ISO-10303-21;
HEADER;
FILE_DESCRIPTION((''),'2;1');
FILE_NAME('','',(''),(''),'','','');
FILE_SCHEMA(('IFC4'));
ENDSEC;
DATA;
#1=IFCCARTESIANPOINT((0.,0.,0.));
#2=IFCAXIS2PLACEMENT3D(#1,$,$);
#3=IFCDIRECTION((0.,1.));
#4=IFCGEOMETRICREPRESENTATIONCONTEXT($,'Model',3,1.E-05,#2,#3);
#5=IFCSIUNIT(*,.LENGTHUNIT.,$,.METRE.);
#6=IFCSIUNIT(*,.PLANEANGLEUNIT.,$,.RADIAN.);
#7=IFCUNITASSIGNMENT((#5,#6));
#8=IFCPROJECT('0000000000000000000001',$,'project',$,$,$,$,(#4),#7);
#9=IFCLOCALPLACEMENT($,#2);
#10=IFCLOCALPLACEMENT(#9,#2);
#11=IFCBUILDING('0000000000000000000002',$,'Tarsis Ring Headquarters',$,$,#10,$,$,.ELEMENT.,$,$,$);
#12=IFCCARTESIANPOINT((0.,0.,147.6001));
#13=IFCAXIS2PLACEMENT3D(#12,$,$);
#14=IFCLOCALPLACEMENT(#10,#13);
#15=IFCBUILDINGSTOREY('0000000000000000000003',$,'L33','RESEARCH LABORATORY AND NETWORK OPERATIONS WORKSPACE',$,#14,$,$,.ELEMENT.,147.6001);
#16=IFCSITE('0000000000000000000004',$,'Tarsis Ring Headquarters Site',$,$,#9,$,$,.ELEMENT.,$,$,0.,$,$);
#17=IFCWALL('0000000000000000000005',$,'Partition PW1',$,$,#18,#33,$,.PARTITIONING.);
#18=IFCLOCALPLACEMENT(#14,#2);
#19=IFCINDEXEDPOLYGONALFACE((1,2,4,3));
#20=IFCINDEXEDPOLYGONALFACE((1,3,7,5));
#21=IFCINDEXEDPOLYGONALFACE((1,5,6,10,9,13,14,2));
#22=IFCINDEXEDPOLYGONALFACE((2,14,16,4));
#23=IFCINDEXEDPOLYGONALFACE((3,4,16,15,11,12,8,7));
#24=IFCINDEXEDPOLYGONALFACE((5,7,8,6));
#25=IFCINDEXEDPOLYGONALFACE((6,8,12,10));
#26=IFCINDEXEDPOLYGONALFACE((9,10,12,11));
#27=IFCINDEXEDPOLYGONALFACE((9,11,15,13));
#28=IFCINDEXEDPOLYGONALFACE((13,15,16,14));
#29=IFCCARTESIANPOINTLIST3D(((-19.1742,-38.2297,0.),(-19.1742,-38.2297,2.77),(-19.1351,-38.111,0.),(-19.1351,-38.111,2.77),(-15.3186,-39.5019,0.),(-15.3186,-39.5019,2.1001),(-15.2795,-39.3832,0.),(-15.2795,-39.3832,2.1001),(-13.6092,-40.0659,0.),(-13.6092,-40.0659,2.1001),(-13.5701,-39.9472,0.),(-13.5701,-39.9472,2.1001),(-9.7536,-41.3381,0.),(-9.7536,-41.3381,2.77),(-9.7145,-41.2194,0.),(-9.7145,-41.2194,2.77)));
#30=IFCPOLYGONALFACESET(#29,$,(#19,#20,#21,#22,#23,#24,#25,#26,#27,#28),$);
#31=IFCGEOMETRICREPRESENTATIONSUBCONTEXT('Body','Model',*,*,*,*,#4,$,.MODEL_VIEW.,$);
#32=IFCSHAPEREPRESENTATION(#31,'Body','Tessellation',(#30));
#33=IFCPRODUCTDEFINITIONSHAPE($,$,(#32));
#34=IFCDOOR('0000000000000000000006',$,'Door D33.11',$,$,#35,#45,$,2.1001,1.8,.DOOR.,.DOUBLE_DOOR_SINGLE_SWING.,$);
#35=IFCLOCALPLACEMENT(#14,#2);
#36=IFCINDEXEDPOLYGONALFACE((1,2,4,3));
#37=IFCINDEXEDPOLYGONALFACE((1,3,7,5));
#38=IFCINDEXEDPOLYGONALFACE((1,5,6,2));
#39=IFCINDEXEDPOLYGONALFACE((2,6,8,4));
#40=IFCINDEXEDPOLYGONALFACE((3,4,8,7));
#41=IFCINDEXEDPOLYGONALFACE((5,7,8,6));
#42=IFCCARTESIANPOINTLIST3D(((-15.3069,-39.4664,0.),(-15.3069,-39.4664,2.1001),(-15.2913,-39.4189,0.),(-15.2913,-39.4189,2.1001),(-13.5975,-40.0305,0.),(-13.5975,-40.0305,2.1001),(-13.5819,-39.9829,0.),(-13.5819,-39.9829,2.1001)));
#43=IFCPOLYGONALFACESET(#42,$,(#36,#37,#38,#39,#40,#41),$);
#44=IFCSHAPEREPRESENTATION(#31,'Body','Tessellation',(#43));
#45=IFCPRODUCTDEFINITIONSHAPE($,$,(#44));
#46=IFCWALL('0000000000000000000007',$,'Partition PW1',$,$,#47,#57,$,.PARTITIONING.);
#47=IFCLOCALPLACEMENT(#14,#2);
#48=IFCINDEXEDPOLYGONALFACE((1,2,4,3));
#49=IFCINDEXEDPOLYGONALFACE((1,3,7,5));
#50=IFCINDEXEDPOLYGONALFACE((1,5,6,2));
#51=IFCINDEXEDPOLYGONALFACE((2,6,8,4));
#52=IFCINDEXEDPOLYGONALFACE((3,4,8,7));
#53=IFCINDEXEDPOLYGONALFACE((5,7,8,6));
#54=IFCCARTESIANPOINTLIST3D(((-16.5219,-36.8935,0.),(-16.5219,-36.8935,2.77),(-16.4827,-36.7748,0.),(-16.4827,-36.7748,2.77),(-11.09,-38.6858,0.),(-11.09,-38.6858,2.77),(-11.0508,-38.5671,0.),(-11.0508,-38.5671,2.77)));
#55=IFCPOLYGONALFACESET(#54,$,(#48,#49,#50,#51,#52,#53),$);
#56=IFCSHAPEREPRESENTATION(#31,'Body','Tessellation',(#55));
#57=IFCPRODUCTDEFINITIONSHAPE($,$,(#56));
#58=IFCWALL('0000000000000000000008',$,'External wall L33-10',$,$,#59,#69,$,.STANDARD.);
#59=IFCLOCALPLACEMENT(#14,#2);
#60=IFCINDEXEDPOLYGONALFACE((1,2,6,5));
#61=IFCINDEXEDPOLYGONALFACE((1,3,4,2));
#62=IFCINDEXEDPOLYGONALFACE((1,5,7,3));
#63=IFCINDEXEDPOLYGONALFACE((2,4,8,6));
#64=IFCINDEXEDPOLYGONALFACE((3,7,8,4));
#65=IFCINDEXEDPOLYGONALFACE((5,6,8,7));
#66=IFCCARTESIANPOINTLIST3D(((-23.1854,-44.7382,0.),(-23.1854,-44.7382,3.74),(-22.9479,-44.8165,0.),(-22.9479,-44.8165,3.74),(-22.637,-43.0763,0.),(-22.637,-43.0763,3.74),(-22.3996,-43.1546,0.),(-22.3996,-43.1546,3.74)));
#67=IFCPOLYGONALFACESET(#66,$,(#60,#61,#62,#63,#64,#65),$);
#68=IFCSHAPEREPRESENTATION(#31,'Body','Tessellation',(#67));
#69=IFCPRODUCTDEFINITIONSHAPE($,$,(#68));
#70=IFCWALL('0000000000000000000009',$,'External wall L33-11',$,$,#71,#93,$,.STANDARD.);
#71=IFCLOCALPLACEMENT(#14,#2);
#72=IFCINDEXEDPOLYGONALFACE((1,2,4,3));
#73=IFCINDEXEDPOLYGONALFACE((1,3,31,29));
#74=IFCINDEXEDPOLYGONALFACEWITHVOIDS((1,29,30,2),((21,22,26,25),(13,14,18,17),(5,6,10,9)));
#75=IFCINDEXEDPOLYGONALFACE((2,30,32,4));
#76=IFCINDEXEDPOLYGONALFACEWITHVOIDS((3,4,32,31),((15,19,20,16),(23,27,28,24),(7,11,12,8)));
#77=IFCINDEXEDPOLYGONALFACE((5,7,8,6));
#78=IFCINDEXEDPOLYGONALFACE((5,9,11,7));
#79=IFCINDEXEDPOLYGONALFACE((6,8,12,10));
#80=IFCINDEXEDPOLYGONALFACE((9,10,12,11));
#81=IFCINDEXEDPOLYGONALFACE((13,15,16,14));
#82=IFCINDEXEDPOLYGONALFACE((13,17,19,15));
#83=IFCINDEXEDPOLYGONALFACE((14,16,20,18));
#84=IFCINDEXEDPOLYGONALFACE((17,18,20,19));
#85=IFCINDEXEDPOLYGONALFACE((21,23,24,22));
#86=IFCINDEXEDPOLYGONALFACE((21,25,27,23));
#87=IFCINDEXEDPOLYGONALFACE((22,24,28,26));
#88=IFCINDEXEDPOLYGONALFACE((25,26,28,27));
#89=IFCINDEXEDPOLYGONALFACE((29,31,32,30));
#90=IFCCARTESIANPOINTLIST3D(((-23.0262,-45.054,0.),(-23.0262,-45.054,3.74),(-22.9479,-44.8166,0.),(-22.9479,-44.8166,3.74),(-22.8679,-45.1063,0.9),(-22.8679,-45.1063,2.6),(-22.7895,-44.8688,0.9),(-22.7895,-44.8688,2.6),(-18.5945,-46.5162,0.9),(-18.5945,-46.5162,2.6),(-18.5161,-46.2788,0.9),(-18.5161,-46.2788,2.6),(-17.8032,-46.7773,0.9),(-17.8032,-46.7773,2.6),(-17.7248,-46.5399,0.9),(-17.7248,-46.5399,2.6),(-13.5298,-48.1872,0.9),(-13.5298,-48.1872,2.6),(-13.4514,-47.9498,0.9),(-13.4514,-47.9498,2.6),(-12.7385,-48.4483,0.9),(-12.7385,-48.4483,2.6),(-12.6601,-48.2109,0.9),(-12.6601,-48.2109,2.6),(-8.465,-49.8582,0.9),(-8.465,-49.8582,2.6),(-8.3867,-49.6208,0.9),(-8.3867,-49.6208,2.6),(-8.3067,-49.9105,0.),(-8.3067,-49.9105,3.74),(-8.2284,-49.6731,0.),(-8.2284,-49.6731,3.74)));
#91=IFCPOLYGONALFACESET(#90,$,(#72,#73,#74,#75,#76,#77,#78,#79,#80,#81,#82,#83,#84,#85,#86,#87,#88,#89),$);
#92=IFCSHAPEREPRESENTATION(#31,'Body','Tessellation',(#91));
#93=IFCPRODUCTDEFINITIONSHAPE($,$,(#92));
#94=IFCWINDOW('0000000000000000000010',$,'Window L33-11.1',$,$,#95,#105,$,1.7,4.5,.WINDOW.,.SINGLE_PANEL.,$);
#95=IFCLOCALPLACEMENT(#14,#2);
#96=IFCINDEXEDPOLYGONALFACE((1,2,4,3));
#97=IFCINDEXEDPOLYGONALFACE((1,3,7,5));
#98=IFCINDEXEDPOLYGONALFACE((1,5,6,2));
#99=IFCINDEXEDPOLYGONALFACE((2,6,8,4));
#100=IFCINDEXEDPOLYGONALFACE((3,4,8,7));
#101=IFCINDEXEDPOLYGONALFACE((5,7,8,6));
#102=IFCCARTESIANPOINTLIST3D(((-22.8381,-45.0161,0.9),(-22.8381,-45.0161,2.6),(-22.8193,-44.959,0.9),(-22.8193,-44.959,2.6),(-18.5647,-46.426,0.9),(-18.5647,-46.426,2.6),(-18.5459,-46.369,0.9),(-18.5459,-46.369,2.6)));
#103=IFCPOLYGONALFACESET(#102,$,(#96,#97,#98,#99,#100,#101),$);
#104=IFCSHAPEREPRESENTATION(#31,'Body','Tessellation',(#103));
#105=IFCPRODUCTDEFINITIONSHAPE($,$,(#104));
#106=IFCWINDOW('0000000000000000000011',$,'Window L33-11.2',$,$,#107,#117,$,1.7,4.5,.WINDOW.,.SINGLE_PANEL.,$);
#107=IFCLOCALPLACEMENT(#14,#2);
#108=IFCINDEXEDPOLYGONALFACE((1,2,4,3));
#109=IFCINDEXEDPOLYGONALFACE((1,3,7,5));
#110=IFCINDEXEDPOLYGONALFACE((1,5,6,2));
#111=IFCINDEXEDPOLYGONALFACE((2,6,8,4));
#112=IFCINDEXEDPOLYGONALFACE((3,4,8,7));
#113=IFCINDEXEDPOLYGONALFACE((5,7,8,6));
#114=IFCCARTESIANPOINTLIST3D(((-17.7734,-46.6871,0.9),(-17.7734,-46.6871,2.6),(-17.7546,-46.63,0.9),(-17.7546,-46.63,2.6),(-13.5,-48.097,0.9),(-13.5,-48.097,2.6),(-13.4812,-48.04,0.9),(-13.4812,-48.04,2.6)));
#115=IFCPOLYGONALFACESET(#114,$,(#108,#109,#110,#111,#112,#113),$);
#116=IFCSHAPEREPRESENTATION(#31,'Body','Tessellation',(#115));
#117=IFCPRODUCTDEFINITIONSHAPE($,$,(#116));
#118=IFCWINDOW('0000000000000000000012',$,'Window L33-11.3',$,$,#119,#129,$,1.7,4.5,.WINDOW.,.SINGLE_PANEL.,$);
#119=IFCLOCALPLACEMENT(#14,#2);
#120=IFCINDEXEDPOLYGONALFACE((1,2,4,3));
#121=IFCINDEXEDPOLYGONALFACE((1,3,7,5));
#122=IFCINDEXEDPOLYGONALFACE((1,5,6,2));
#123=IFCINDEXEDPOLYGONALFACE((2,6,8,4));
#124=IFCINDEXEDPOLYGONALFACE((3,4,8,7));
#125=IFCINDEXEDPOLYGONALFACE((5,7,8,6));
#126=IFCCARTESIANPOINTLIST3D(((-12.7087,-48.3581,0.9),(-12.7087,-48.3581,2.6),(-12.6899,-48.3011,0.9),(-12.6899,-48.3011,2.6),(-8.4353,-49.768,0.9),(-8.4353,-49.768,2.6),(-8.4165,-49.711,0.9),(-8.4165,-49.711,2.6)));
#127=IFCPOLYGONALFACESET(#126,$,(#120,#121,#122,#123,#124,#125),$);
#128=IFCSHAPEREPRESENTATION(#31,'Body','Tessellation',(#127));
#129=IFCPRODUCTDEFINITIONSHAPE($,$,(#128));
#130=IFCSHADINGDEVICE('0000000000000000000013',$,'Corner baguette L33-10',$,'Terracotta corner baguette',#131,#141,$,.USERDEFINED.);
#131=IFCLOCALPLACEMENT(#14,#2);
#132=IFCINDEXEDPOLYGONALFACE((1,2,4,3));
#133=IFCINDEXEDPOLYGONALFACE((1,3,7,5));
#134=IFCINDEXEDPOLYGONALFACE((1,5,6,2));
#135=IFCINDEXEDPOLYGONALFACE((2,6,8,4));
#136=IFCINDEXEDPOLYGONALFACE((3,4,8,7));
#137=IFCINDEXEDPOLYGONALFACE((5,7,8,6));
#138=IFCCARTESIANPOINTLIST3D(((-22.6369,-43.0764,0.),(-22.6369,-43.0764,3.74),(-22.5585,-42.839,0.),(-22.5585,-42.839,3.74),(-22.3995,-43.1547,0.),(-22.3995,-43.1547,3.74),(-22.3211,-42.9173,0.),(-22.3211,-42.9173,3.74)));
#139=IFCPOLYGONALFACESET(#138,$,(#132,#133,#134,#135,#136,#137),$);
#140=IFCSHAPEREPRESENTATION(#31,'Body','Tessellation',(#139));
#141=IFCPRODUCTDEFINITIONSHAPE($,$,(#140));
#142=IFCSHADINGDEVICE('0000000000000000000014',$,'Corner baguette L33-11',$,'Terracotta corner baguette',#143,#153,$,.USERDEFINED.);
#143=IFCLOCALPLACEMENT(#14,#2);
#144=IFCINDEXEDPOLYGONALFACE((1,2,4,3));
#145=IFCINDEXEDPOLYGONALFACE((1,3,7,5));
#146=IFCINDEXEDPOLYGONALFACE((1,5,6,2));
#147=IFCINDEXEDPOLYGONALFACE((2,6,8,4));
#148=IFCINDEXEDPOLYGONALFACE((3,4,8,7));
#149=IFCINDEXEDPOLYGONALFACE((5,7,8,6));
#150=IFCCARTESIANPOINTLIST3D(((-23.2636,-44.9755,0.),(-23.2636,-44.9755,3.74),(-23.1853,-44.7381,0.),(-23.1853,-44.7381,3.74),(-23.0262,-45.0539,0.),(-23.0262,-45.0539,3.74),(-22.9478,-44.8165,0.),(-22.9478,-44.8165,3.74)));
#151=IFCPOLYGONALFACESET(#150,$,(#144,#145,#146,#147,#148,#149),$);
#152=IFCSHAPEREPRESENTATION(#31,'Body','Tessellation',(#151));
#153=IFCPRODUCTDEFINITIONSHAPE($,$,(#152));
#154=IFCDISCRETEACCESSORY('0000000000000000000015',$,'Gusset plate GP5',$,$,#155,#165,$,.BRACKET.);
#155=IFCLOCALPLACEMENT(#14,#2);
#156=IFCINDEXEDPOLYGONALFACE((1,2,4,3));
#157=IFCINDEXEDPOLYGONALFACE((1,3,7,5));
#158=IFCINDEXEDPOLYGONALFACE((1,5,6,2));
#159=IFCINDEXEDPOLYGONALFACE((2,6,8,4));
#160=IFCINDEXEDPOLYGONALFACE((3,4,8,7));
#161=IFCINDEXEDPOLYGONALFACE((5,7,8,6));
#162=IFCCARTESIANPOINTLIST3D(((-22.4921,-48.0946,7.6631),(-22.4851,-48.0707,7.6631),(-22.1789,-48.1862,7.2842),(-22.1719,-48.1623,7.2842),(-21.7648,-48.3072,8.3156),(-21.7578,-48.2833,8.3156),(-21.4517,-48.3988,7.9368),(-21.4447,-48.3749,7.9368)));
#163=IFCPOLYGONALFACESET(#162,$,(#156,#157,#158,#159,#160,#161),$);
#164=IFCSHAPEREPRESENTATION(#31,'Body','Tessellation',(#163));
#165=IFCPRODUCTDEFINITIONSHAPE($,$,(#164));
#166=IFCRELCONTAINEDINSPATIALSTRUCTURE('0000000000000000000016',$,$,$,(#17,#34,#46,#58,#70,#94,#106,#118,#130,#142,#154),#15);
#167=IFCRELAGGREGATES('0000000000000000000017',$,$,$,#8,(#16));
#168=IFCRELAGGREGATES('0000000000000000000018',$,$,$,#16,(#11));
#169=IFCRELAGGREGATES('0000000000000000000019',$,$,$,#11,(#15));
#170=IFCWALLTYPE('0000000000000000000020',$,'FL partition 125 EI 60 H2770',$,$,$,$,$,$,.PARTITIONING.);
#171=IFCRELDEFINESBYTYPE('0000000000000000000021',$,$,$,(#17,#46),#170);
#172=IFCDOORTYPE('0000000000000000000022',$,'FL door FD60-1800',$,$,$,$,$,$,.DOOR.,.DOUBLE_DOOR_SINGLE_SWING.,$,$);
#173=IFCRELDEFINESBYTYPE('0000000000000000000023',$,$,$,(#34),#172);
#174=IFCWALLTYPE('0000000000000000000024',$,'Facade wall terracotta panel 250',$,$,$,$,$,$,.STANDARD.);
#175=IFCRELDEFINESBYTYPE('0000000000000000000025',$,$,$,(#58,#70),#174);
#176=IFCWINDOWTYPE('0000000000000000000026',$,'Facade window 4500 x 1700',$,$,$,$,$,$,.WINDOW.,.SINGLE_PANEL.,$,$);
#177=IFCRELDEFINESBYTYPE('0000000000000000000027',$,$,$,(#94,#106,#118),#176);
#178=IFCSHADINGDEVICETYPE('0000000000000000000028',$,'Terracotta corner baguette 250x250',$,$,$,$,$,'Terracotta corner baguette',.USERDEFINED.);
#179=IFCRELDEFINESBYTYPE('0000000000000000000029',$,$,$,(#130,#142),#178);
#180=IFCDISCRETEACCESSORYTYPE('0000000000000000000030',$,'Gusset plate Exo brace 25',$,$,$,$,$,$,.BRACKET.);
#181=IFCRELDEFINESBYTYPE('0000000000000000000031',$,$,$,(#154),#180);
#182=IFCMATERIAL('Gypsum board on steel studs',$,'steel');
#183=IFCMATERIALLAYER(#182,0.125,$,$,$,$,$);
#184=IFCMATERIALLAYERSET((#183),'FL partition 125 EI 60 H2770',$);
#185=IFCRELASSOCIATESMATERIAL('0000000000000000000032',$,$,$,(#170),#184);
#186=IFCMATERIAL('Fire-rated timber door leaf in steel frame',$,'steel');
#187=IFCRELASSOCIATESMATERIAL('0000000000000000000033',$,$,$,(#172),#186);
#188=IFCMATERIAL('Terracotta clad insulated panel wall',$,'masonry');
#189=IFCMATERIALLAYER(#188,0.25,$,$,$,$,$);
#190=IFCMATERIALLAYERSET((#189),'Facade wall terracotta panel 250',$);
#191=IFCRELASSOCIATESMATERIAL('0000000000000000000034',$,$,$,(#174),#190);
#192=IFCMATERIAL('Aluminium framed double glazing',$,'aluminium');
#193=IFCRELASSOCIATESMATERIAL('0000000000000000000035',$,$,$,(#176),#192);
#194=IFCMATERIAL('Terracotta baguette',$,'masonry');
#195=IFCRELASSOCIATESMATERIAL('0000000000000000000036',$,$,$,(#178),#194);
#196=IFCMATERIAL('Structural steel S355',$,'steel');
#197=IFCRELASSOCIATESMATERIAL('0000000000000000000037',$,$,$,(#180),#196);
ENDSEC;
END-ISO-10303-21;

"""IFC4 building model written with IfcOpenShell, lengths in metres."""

from ifc_helpers import new_model, si_unit, direction, frame, frame_2d, origin, origin_2d, place, context, subcontext, project, spatial, rectangle, extrude, material, layer, layer_set, material_profile, profile_set, type_object, element, fill, save


model = new_model("IFC4")

# Units and contexts
model_context = context("Model", 3, precision=1e-05, world=origin(), true_north=direction((0.0, 1.0)))
body_context = subcontext(model_context, "Body", "Model", "MODEL_VIEW")
ifc_project = project(units=[si_unit("LENGTHUNIT", "METRE"), si_unit("PLANEANGLEUNIT", "RADIAN")], contexts=[model_context])

# Site, building, storey
site_placement = place(None, origin())
site = spatial("IfcSite", under=ifc_project, at=site_placement, Name="Tarsis Ring Headquarters Site", CompositionType="ELEMENT", RefElevation=0.0)
building_placement = place(site_placement, origin())
building = spatial("IfcBuilding", under=site, at=building_placement, Name="Tarsis Ring Headquarters", CompositionType="ELEMENT")
storey_placement = place(building_placement, frame((0.0, 0.0, 147.6001)))
storey = spatial("IfcBuildingStorey", under=building, at=storey_placement, Name="L33", Description="RESEARCH LABORATORY AND NETWORK OPERATIONS WORKSPACE", CompositionType="ELEMENT", Elevation=147.6001)

# Shared definitions
ifc_material_1 = material(Name="Structural steel S355", Category="steel")

# Shared definitions
ifc_material_2 = material(Name="Gypsum board on steel studs", Category="steel")

# Shared definitions
ifc_layer_1 = layer(ifc_material_2, 0.125)
ifc_layer_set_1 = layer_set([ifc_layer_1], Name="FL partition 125 EI 60 H2770")
wall_type_1 = type_object("IfcWallType", Name="FL partition 125 EI 60 H2770", PredefinedType="PARTITIONING", material=ifc_layer_set_1)
ifc_material_3 = material(Name="Fire-rated timber door leaf in steel frame", Category="steel")
door_type_1 = type_object("IfcDoorType", Name="FL door FD60-1800", OperationType="DOUBLE_DOOR_SINGLE_SWING", PredefinedType="DOOR", material=ifc_material_3)

# Wall, opening, door
wall_1_placement = place(storey_placement, frame((-19.1545, -38.1704, 0.0), z_axis=(0.0, 0.0, 1.0), x_axis=(0.949641, -0.31334, 0.0)))
wall_1 = element("IfcWall", 1, at=wall_1_placement, inside=storey, type_object=wall_type_1, Name="Partition PW1", PredefinedType="PARTITIONING", context=body_context, shape_type="SweptSolid", body=[
    extrude(rectangle(XDim=9.9202, YDim=0.125, at=frame_2d((4.96, 0.0))), origin(), (0.0, 0.0, 1.0), 2.77),
])
opening_1_placement = place(wall_1_placement, frame((4.0601, 0.0, 0.0)))
opening_1 = element("IfcOpeningElement", 2, at=opening_1_placement, cuts=wall_1, PredefinedType="OPENING", context=body_context, shape_type="SweptSolid", body=[
    extrude(rectangle(XDim=1.8, YDim=2.1001, at=frame_2d((0.8999, 1.05))), frame((0.0, 0.0725, 0.0), z_axis=(0.0, -1.0, 0.0), x_axis=(1.0, 0.0, 0.0)), (0.0, 0.0, 1.0), 0.145),
])
door_1_placement = place(opening_1_placement, origin())
door_1 = element("IfcDoor", 3, at=door_1_placement, inside=storey, type_object=door_type_1, Name="Door D33.11", OperationType="DOUBLE_DOOR_SINGLE_SWING", OverallHeight=2.1001, OverallWidth=1.8, PredefinedType="DOOR", context=body_context, shape_type="SweptSolid", body=[
    extrude(rectangle(XDim=1.8, YDim=2.1001, at=frame_2d((0.8999, 1.05))), frame((0.0, 0.0249, 0.0), z_axis=(0.0, -1.0, 0.0), x_axis=(1.0, 0.0, 0.0)), (0.0, 0.0, 1.0), 0.05),
])
fill(opening_1, door_1)

# Walls
wall_2_placement = place(storey_placement, frame((-16.5022, -36.8342, 0.0), z_axis=(0.0, 0.0, 1.0), x_axis=(0.949644, -0.313332, 0.0)))
element("IfcWall", 4, at=wall_2_placement, inside=storey, type_object=wall_type_1, Name="Partition PW1", PredefinedType="PARTITIONING", context=body_context, shape_type="SweptSolid", body=[
    extrude(rectangle(XDim=5.72, YDim=0.125, at=frame_2d((2.8599, 0.0))), origin(), (0.0, 0.0, 1.0), 2.77),
])
ifc_material_4 = material(Name="Terracotta clad insulated panel wall", Category="masonry")
ifc_layer_2 = layer(ifc_material_4, 0.25)
ifc_layer_set_2 = layer_set([ifc_layer_2], Name="Facade wall terracotta panel 250")
wall_type_2 = type_object("IfcWallType", Name="Facade wall terracotta panel 250", PredefinedType="STANDARD", material=ifc_layer_set_2)
wall_3_placement = place(storey_placement, frame((-22.5183, -43.1155, 0.0), z_axis=(0.0, 0.0, 1.0), x_axis=(-0.313338, -0.949642, 0.0)))
element("IfcWall", 5, at=wall_3_placement, inside=storey, type_object=wall_type_2, Name="External wall L33-10", PredefinedType="STANDARD", context=body_context, shape_type="SweptSolid", body=[
    extrude(rectangle(XDim=1.75, YDim=0.25, at=frame_2d((0.875, 0.0))), origin(), (0.0, 0.0, 1.0), 3.74),
])

# Wall, openings, windows
wall_4_placement = place(storey_placement, frame((-22.9871, -44.9353, 0.0), z_axis=(0.0, 0.0, 1.0), x_axis=(0.949648, -0.31332, 0.0)))
wall_4 = element("IfcWall", 6, at=wall_4_placement, inside=storey, type_object=wall_type_2, Name="External wall L33-11", PredefinedType="STANDARD", context=body_context, shape_type="SweptSolid", body=[
    extrude(rectangle(XDim=15.5, YDim=0.25, at=frame_2d((7.75, 0.0))), origin(), (0.0, 0.0, 1.0), 3.74),
])
opening_2_placement = place(wall_4_placement, frame((0.1667, 0.0, 0.8999)))
opening_2 = element("IfcOpeningElement", 7, at=opening_2_placement, cuts=wall_4, PredefinedType="OPENING", context=body_context, shape_type="SweptSolid", body=[
    extrude(rectangle(XDim=4.5, YDim=1.7, at=frame_2d((2.25, 0.8501))), frame((0.0, 0.135, 0.0), z_axis=(0.0, -1.0, 0.0), x_axis=(1.0, 0.0, 0.0)), (0.0, 0.0, 1.0), 0.27),
])
opening_3_placement = place(wall_4_placement, frame((5.5, 0.0, 0.8999)))
opening_3 = element("IfcOpeningElement", 8, at=opening_3_placement, cuts=wall_4, PredefinedType="OPENING", context=body_context, shape_type="SweptSolid", body=[
    extrude(rectangle(XDim=4.5, YDim=1.7, at=frame_2d((2.25, 0.8501))), frame((0.0, 0.135, 0.0), z_axis=(0.0, -1.0, 0.0), x_axis=(1.0, 0.0, 0.0)), (0.0, 0.0, 1.0), 0.27),
])
opening_4_placement = place(wall_4_placement, frame((10.8333, 0.0, 0.8999)))
opening_4 = element("IfcOpeningElement", 9, at=opening_4_placement, cuts=wall_4, PredefinedType="OPENING", context=body_context, shape_type="SweptSolid", body=[
    extrude(rectangle(XDim=4.5, YDim=1.7, at=frame_2d((2.25, 0.8501))), frame((0.0, 0.135, 0.0), z_axis=(0.0, -1.0, 0.0), x_axis=(1.0, 0.0, 0.0)), (0.0, 0.0, 1.0), 0.27),
])
ifc_material_5 = material(Name="Aluminium framed double glazing", Category="aluminium")
window_type = type_object("IfcWindowType", Name="Facade window 4500 x 1700", PartitioningType="SINGLE_PANEL", PredefinedType="WINDOW", material=ifc_material_5)
window_1_placement = place(opening_2_placement, origin())
window_1 = element("IfcWindow", 10, at=window_1_placement, inside=storey, type_object=window_type, Name="Window L33-11.1", OverallHeight=1.7, OverallWidth=4.5, PartitioningType="SINGLE_PANEL", PredefinedType="WINDOW", context=body_context, shape_type="SweptSolid", body=[
    extrude(rectangle(XDim=4.5, YDim=1.7, at=frame_2d((2.25, 0.8501))), frame((0.0, 0.03, 0.0), z_axis=(0.0, -1.0, 0.0), x_axis=(1.0, 0.0, 0.0)), (0.0, 0.0, 1.0), 0.0601),
])
fill(opening_2, window_1)
window_2_placement = place(opening_3_placement, origin())
window_2 = element("IfcWindow", 11, at=window_2_placement, inside=storey, type_object=window_type, Name="Window L33-11.2", OverallHeight=1.7, OverallWidth=4.5, PartitioningType="SINGLE_PANEL", PredefinedType="WINDOW", context=body_context, shape_type="SweptSolid", body=[
    extrude(rectangle(XDim=4.5, YDim=1.7, at=frame_2d((2.25, 0.8501))), frame((0.0, 0.03, 0.0), z_axis=(0.0, -1.0, 0.0), x_axis=(1.0, 0.0, 0.0)), (0.0, 0.0, 1.0), 0.0601),
])
fill(opening_3, window_2)
window_3_placement = place(opening_4_placement, origin())
window_3 = element("IfcWindow", 12, at=window_3_placement, inside=storey, type_object=window_type, Name="Window L33-11.3", OverallHeight=1.7, OverallWidth=4.5, PartitioningType="SINGLE_PANEL", PredefinedType="WINDOW", context=body_context, shape_type="SweptSolid", body=[
    extrude(rectangle(XDim=4.5, YDim=1.7, at=frame_2d((2.25, 0.8501))), frame((0.0, 0.03, 0.0), z_axis=(0.0, -1.0, 0.0), x_axis=(1.0, 0.0, 0.0)), (0.0, 0.0, 1.0), 0.0601),
])
fill(opening_4, window_3)

# Shading devices
ifc_material_6 = material(Name="Terracotta baguette", Category="masonry")
shading_device_type_1 = type_object("IfcShadingDeviceType", Name="Terracotta corner baguette 250x250", ElementType="Terracotta corner baguette", PredefinedType="USERDEFINED", material=ifc_material_6)
for number, where, z_axis, x_axis, name in (
    (13, (-22.479, -42.9968, 0.0), (0.0, 0.0, 1.0), (0.949644, -0.31333, 0.0), "Corner baguette L33-10"),
    (14, (-23.1057, -44.896, 0.0), (0.0, 0.0, 1.0), (-0.313329, -0.949644, 0.0), "Corner baguette L33-11"),
):
    element("IfcShadingDevice", number, at=place(storey_placement, frame(where, z_axis=z_axis, x_axis=x_axis)), inside=storey, type_object=shading_device_type_1, Name=name, ObjectType="Terracotta corner baguette", PredefinedType="USERDEFINED", context=body_context, shape_type="SweptSolid", body=[
        extrude(rectangle(XDim=0.25, YDim=0.25, at=origin_2d()), origin(), (0.0, 0.0, 1.0), 3.74),
    ])

# Discrete accessory
ifc_material_profile_1 = material_profile(ifc_material_1, rectangle(XDim=0.0249, YDim=0.5, at=origin_2d()), Name="PL 25x500")
ifc_profile_set_1 = profile_set([ifc_material_profile_1], Name="Structural steel S355")
discrete_accessory_type = type_object("IfcDiscreteAccessoryType", Name="Gusset plate Exo brace 25", PredefinedType="BRACKET", material=ifc_profile_set_1)
discrete_accessory_1_placement = place(storey_placement, frame((-22.332, -48.1284, 7.4736), z_axis=(0.727278, -0.212641, 0.652572), x_axis=(0.280631, 0.959816, 0.0)))
element("IfcDiscreteAccessory", 15, at=discrete_accessory_1_placement, inside=storey, type_object=discrete_accessory_type, Name="Gusset plate GP5", PredefinedType="BRACKET", context=body_context, shape_type="SweptSolid", body=[
    extrude(rectangle(XDim=0.0249, YDim=0.5, at=origin_2d()), origin(), (0.0, 0.0, 1.0), 1.0),
])

save(model, "model.ifc")
